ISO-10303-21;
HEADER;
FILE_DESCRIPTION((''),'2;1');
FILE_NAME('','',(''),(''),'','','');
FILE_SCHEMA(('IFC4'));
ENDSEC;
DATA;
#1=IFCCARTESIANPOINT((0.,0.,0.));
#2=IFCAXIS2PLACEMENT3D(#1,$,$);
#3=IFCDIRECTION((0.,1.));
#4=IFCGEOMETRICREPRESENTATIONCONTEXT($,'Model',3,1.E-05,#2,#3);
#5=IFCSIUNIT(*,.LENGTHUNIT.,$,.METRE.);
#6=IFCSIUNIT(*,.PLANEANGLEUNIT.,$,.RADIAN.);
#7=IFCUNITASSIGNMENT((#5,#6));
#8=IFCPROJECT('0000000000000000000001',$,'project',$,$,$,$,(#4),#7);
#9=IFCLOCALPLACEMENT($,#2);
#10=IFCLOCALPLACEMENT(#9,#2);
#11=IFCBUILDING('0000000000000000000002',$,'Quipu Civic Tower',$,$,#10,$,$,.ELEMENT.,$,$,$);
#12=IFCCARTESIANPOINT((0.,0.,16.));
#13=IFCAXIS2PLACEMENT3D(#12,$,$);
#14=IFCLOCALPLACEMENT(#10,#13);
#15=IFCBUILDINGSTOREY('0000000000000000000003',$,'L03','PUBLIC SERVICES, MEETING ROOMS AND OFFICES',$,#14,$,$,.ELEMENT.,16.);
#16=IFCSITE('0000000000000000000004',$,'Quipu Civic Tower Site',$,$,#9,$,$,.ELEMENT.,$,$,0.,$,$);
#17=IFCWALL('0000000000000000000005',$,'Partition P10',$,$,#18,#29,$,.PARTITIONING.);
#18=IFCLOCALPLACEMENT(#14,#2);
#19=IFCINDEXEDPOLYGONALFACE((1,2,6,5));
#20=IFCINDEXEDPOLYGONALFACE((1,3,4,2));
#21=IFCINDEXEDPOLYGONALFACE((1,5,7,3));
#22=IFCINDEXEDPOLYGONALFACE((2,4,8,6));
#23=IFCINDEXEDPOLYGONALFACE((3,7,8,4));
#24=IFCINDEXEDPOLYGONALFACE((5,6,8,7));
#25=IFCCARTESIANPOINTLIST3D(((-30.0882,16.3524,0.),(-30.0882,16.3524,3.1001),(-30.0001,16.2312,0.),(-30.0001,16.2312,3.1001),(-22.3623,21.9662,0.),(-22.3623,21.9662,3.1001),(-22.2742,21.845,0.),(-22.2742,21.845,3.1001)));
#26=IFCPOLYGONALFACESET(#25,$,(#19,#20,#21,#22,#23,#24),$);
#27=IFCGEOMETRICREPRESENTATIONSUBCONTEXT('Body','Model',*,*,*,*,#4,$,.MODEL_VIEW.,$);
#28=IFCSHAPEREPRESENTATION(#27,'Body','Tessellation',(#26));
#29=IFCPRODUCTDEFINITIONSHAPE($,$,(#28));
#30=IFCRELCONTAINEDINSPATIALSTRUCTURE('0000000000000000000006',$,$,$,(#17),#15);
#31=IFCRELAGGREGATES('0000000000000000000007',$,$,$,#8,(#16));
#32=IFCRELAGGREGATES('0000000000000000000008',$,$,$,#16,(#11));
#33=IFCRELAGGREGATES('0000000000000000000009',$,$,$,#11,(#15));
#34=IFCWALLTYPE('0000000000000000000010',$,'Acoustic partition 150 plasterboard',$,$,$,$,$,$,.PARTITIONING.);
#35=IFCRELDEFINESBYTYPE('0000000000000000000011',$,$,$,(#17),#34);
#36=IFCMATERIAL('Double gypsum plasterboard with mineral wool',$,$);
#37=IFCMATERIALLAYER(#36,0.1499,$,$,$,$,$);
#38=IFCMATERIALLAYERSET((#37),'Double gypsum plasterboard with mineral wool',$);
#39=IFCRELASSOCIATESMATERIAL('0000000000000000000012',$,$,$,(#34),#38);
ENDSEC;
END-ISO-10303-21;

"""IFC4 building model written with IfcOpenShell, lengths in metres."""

from ifc_helpers import new_model, si_unit, direction, frame, frame_2d, origin, place, context, subcontext, project, spatial, rectangle, extrude, material, layer, layer_set, type_object, element, save


model = new_model("IFC4")

# Units and contexts
model_context = context("Model", 3, precision=1e-05, world=origin(), true_north=direction((0.0, 1.0)))
body_context = subcontext(model_context, "Body", "Model", "MODEL_VIEW")
ifc_project = project(units=[si_unit("LENGTHUNIT", "METRE"), si_unit("PLANEANGLEUNIT", "RADIAN")], contexts=[model_context])

# Site, building, storey
site_placement = place(None, origin())
site = spatial("IfcSite", under=ifc_project, at=site_placement, Name="Quipu Civic Tower Site", CompositionType="ELEMENT", RefElevation=0.0)
building_placement = place(site_placement, origin())
building = spatial("IfcBuilding", under=site, at=building_placement, Name="Quipu Civic Tower", CompositionType="ELEMENT")
storey_placement = place(building_placement, frame((0.0, 0.0, 16.0)))
storey = spatial("IfcBuildingStorey", under=building, at=storey_placement, Name="L03", Description="PUBLIC SERVICES, MEETING ROOMS AND OFFICES", CompositionType="ELEMENT", Elevation=16.0)

# Wall
ifc_material_1 = material(Name="Double gypsum plasterboard with mineral wool")
ifc_layer_1 = layer(ifc_material_1, 0.1499)
ifc_layer_set_1 = layer_set([ifc_layer_1], Name="Double gypsum plasterboard with mineral wool")
wall_type = type_object("IfcWallType", Name="Acoustic partition 150 plasterboard", PredefinedType="PARTITIONING", material=ifc_layer_set_1)
wall_placement = place(storey_placement, frame((-22.3184, 21.9055, 0.0), z_axis=(0.0, 0.0, 1.0), x_axis=(-0.808986, -0.587828, 0.0)))
element("IfcWall", 1, at=wall_placement, inside=storey, type_object=wall_type, Name="Partition P10", PredefinedType="PARTITIONING", context=body_context, shape_type="SweptSolid", body=[
    extrude(rectangle(XDim=9.55, YDim=0.1499, at=frame_2d((4.7749, 0.0))), origin(), (0.0, 0.0, 1.0), 3.1001),
])

save(model, "model.ifc")
